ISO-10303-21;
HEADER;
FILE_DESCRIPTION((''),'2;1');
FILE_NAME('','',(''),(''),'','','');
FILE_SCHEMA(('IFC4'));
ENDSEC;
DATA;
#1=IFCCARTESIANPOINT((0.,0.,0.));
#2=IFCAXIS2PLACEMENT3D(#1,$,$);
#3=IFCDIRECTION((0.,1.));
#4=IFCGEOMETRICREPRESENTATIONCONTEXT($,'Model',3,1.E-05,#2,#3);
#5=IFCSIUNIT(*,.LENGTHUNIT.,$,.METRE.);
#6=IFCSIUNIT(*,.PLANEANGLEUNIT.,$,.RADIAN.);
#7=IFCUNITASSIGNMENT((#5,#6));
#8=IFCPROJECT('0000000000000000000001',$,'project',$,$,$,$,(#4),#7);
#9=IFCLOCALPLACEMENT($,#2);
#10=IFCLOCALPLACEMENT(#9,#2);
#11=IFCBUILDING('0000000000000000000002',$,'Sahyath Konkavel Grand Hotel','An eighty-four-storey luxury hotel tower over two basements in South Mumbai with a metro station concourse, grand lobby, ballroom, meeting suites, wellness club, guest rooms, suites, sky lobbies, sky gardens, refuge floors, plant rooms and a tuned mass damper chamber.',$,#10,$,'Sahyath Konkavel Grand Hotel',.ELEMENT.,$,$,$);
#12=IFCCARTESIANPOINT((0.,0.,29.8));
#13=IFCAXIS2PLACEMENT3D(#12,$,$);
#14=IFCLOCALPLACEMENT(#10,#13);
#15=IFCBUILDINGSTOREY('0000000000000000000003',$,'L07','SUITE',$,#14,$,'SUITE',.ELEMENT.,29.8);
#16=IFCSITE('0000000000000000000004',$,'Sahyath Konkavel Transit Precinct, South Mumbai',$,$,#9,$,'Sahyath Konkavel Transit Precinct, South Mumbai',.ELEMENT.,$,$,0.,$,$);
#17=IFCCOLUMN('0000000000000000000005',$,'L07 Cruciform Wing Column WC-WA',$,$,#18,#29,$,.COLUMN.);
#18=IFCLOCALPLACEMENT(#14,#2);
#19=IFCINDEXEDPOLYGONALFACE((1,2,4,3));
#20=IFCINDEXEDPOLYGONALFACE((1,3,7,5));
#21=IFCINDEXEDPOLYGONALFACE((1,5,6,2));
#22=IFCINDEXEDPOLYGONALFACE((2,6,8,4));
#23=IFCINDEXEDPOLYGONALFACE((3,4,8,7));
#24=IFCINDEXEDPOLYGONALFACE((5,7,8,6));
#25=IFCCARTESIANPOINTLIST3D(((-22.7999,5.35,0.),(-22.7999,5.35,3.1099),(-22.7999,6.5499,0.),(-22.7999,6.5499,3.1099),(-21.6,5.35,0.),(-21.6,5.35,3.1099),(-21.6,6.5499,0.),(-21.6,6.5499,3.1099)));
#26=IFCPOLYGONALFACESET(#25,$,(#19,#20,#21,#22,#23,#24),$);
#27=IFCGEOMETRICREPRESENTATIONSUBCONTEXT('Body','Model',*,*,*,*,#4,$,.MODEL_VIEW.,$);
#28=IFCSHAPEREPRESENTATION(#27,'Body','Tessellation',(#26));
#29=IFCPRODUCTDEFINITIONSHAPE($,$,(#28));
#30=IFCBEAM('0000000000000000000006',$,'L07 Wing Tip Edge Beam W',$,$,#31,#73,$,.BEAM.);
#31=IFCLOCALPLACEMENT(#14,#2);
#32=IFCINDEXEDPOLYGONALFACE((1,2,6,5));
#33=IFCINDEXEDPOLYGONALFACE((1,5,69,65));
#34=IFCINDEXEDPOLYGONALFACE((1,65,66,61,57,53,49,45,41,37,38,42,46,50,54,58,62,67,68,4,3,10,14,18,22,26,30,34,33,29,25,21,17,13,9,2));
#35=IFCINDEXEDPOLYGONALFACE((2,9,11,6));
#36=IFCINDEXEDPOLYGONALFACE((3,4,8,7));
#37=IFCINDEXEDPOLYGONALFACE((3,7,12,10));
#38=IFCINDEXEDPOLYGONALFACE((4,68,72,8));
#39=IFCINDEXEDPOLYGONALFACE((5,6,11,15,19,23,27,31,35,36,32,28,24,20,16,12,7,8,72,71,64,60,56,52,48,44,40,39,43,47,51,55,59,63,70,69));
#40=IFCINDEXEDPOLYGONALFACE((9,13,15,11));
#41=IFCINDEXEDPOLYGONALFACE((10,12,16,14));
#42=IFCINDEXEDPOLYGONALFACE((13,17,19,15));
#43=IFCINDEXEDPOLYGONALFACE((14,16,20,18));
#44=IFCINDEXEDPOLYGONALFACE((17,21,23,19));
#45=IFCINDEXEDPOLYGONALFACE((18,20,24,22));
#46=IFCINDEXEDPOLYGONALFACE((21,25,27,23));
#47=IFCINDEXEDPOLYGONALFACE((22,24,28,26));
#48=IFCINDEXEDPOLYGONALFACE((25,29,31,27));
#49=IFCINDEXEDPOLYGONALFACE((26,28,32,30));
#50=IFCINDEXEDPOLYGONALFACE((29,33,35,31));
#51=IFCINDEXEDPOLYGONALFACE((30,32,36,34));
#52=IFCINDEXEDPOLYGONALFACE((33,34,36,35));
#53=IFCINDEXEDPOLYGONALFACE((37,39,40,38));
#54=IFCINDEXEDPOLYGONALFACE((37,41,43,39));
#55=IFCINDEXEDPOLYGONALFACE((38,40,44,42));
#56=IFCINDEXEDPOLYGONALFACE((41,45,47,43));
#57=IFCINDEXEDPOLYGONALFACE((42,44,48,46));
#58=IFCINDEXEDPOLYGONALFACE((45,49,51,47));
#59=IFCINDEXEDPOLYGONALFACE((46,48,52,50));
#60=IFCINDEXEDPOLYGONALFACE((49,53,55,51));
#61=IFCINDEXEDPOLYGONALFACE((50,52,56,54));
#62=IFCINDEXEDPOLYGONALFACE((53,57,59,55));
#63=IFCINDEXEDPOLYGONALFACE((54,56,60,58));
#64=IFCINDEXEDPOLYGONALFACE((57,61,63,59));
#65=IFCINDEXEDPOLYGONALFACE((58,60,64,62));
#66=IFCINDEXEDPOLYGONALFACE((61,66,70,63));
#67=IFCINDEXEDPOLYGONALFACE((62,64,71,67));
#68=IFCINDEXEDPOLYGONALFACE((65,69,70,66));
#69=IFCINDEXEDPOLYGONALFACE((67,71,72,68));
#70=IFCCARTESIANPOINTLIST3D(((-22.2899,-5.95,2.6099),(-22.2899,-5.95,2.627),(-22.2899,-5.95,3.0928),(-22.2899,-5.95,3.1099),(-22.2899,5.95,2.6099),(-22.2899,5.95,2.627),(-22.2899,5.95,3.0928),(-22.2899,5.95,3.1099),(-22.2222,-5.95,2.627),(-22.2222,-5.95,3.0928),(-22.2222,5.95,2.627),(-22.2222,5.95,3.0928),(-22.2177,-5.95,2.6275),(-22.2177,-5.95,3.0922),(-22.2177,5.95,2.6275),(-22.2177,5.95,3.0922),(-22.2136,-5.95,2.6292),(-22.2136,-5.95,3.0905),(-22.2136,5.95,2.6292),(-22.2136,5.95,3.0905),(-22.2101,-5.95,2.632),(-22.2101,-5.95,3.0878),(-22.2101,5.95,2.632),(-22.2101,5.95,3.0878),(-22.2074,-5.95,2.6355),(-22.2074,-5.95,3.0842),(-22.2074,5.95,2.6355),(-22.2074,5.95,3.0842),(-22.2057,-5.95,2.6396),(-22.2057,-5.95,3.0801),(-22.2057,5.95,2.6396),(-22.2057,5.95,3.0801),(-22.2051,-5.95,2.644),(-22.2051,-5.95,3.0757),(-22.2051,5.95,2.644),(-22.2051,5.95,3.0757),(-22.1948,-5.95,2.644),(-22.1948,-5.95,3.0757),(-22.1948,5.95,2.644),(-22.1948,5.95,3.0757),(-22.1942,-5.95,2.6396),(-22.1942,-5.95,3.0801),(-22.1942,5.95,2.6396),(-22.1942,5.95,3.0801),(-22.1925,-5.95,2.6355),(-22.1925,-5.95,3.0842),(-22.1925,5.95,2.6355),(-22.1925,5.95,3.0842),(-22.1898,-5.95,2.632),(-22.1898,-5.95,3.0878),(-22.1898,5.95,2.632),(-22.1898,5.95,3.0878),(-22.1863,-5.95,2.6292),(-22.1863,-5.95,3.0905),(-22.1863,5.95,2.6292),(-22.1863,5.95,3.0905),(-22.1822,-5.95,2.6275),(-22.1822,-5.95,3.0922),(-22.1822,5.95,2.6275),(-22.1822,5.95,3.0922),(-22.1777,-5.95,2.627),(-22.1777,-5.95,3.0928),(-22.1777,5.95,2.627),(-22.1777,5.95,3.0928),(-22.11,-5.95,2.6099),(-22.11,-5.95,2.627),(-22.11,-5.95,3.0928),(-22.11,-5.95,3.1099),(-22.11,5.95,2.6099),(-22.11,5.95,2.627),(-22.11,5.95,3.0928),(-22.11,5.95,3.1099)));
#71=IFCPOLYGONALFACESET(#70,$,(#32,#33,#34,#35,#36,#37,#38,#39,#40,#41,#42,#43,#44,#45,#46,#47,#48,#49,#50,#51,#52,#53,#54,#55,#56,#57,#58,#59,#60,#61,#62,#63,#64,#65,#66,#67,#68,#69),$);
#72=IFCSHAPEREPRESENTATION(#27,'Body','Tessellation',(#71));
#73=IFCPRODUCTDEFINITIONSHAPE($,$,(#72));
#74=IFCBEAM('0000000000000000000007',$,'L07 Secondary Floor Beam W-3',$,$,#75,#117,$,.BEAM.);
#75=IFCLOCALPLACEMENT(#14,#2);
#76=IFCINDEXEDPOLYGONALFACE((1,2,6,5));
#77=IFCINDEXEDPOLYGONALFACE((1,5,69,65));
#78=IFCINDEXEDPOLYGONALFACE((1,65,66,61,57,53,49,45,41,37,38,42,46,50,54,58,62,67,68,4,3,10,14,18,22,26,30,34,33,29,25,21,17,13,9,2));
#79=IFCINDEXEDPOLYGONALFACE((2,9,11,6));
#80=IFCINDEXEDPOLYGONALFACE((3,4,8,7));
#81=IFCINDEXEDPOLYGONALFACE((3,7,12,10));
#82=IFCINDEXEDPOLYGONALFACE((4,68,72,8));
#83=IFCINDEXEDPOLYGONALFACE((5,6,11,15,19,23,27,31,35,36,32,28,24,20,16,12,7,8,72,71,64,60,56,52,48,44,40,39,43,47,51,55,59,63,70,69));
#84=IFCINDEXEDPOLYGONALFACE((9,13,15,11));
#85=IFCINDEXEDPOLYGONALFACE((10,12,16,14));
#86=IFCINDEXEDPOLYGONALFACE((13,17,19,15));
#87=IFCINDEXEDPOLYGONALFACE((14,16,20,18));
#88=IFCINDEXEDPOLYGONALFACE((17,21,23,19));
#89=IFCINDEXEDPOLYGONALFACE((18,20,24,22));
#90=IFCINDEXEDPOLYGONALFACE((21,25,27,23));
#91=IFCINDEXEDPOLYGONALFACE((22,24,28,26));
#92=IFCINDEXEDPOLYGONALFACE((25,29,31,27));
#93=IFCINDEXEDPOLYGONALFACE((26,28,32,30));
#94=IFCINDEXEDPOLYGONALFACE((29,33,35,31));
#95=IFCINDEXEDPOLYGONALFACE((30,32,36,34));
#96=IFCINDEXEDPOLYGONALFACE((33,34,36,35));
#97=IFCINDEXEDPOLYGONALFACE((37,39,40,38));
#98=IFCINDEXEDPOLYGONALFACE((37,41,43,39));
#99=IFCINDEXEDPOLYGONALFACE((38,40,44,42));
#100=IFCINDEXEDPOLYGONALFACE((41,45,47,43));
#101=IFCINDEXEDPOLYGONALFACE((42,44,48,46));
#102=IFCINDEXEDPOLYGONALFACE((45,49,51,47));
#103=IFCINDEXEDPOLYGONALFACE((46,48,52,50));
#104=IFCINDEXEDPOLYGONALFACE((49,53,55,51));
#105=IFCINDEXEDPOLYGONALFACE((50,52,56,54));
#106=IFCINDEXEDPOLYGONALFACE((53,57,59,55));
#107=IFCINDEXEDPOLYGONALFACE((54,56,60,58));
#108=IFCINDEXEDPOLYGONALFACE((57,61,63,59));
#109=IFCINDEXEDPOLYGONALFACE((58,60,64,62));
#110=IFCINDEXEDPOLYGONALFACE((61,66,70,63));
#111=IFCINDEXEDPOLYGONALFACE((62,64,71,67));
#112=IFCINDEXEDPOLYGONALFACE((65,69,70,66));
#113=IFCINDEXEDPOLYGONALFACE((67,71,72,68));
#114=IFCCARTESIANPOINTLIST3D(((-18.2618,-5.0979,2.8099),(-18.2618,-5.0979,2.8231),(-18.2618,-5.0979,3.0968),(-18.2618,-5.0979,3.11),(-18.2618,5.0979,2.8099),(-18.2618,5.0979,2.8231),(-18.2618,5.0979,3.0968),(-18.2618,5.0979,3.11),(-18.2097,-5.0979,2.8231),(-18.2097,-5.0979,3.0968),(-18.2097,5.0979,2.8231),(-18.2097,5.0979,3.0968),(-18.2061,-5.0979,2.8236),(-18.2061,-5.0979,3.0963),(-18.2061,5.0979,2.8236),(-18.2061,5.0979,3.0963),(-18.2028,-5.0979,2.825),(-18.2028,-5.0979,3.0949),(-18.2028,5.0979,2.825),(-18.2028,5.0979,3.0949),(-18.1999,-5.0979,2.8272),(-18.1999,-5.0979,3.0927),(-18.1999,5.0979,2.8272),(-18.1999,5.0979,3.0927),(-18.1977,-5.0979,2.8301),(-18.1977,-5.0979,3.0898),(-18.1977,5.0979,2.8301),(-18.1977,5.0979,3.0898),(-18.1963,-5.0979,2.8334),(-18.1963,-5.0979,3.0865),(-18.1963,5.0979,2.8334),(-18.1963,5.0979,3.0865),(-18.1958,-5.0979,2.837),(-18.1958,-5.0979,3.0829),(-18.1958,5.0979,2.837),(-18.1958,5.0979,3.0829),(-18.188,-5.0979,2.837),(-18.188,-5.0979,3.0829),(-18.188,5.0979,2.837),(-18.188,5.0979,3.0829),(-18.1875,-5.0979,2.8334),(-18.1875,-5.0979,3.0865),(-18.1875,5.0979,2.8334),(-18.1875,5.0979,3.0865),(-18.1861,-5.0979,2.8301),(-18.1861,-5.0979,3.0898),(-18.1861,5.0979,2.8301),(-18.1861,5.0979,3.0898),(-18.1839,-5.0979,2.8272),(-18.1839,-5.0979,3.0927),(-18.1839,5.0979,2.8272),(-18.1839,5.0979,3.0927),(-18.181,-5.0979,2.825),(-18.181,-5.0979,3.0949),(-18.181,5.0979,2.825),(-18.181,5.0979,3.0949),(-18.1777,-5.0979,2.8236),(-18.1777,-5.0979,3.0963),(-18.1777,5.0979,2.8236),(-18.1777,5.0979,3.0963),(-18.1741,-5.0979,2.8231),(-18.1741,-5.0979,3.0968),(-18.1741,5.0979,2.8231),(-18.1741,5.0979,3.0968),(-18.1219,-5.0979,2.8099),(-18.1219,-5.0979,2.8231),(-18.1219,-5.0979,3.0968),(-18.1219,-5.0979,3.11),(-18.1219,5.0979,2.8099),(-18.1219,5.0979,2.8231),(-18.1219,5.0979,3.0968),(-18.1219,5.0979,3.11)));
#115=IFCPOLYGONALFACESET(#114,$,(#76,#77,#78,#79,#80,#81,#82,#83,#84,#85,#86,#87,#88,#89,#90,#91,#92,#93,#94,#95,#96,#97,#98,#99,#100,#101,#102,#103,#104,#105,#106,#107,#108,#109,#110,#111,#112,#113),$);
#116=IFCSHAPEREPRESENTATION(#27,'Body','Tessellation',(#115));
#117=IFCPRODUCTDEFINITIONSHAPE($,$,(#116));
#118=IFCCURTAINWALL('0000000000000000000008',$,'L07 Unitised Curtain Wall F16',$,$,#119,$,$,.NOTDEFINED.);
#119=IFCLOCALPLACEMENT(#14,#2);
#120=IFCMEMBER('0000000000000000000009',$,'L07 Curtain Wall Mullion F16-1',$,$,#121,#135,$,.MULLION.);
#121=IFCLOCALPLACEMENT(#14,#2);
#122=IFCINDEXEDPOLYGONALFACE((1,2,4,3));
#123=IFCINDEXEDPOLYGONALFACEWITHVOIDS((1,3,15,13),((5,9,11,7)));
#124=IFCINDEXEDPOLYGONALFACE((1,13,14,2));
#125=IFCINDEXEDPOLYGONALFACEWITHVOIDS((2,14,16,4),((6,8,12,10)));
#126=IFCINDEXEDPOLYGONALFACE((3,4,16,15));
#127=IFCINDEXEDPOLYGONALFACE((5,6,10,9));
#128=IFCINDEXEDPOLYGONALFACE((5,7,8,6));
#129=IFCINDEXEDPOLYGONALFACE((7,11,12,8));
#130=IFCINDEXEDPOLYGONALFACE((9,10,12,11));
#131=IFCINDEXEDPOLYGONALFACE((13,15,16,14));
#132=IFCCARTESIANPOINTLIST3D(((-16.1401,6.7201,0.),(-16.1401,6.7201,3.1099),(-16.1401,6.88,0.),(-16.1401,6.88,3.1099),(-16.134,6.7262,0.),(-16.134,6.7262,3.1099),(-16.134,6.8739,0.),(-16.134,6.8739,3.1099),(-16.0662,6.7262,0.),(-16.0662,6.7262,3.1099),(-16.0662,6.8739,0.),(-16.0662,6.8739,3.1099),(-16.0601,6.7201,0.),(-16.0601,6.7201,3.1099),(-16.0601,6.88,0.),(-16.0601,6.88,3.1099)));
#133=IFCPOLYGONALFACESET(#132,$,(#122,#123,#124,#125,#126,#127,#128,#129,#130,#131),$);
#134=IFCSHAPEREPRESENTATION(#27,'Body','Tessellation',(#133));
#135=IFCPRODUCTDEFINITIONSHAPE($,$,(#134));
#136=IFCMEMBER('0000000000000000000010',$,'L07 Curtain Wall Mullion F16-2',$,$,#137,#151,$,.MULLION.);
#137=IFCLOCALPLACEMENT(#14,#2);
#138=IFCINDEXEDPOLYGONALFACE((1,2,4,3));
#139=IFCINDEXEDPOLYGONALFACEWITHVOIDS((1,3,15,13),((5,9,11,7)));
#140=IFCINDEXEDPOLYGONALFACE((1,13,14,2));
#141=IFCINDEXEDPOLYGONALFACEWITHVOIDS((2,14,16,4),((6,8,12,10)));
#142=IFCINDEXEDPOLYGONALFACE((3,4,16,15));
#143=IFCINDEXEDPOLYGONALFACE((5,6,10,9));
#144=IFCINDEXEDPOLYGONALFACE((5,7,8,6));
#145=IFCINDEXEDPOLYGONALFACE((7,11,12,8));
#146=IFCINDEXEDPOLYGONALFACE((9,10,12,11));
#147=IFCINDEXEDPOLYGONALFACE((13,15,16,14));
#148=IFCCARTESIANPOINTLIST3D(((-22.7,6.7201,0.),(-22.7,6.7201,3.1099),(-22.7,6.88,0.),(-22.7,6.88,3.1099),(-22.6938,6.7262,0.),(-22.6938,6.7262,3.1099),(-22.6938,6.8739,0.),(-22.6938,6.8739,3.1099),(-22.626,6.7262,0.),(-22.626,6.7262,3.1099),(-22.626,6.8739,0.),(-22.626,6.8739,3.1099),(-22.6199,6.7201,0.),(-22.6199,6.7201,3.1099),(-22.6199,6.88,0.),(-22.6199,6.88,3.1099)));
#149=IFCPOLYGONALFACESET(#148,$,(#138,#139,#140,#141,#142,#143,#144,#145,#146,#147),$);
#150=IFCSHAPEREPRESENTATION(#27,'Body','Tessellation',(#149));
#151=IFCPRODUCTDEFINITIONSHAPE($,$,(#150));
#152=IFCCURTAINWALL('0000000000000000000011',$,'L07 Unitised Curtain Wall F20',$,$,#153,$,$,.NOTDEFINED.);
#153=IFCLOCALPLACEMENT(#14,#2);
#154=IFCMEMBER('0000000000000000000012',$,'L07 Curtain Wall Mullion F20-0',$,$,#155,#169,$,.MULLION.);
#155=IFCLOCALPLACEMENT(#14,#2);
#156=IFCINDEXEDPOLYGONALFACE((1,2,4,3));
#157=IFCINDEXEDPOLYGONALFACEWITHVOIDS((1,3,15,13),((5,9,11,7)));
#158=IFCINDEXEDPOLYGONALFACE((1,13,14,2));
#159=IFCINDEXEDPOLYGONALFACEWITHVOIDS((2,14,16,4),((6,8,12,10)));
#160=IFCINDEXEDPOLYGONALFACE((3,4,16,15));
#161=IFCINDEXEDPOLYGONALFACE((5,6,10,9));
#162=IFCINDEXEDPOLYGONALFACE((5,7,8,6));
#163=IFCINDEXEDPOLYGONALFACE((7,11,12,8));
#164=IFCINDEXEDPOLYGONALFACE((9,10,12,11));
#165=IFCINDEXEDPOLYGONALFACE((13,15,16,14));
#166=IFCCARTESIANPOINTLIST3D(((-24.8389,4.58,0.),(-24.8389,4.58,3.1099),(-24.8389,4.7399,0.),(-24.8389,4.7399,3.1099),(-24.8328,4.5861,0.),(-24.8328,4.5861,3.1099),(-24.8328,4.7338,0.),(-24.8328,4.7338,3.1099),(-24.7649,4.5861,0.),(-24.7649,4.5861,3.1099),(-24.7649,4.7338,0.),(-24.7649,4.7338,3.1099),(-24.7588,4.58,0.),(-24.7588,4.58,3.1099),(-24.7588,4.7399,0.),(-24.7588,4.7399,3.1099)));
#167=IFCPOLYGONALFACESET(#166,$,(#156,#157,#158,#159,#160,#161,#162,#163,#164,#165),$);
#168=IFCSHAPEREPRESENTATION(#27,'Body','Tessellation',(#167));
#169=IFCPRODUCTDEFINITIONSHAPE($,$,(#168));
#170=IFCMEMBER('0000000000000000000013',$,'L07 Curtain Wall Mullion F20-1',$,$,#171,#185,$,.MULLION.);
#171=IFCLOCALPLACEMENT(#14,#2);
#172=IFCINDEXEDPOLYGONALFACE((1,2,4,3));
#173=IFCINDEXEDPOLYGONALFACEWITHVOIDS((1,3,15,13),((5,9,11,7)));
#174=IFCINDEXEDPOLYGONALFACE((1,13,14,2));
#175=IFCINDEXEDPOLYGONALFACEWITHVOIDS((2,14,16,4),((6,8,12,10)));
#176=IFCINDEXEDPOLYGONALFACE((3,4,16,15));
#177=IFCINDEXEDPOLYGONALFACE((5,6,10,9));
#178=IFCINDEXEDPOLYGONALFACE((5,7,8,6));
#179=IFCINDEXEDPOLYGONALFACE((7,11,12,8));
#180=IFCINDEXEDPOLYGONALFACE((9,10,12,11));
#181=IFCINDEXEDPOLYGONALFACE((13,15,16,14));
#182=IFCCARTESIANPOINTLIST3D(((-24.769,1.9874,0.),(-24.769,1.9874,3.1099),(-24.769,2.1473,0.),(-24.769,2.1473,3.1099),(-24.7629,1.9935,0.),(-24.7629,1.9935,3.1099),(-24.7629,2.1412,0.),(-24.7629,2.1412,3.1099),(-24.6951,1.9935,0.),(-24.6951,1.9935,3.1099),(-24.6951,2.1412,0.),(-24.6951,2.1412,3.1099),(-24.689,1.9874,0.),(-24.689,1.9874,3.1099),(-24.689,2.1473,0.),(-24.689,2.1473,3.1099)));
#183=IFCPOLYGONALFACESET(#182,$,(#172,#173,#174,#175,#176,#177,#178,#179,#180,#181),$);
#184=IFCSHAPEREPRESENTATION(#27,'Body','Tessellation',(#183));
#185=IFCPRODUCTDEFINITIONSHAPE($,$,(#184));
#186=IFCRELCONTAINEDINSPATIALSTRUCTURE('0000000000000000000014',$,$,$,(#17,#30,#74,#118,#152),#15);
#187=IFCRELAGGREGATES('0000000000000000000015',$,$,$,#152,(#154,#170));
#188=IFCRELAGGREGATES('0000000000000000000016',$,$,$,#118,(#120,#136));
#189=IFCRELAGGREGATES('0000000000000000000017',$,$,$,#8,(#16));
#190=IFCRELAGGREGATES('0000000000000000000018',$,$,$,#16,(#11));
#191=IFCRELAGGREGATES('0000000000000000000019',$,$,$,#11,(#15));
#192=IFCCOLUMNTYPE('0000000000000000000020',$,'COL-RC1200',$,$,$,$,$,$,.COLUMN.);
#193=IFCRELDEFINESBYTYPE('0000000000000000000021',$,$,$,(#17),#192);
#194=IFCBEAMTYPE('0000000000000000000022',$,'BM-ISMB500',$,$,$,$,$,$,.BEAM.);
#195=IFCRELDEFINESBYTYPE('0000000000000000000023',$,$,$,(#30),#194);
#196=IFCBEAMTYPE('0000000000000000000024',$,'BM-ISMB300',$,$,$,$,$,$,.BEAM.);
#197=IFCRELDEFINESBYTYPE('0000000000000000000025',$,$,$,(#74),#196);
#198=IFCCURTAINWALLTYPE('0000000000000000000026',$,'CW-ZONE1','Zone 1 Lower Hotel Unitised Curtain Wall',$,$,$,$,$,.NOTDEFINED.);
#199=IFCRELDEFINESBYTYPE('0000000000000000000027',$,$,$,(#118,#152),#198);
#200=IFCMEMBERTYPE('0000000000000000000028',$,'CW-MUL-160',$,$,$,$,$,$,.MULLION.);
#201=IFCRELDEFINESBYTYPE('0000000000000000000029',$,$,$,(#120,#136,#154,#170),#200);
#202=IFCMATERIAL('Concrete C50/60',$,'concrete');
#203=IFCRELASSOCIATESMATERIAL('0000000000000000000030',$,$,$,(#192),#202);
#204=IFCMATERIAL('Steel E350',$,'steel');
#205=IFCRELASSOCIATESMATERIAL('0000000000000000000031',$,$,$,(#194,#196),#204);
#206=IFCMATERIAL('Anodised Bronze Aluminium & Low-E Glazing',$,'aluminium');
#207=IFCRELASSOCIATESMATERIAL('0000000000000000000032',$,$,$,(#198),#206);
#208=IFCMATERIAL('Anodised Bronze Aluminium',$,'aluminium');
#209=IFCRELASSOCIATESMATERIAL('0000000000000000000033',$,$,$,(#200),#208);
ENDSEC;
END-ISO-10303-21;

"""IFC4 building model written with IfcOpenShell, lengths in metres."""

from ifc_helpers import new_model, si_unit, direction, frame, origin, origin_2d, place, context, subcontext, project, spatial, rectangle, hollow_rectangle, i_section, extrude, source, transform, mapped, material, material_profile, profile_set, type_object, element, aggregate, save


model = new_model("IFC4")

# Units and contexts
model_context = context("Model", 3, precision=1e-05, world=origin(), true_north=direction((0.0, 1.0)))
body_context = subcontext(model_context, "Body", "Model", "MODEL_VIEW")
ifc_project = project(units=[si_unit("LENGTHUNIT", "METRE"), si_unit("PLANEANGLEUNIT", "RADIAN")], contexts=[model_context])

# Site, building, storey
site_placement = place(None, origin())
site = spatial("IfcSite", under=ifc_project, at=site_placement, Name="Sahyath Konkavel Transit Precinct, South Mumbai", LongName="Sahyath Konkavel Transit Precinct, South Mumbai", CompositionType="ELEMENT", RefElevation=0.0)
building_placement = place(site_placement, origin())
building = spatial("IfcBuilding", under=site, at=building_placement, Name="Sahyath Konkavel Grand Hotel", Description="An eighty-four-storey luxury hotel tower over two basements in South Mumbai with a metro station concourse, grand lobby, ballroom, meeting suites, wellness club, guest rooms, suites, sky lobbies, sky gardens, refuge floors, plant rooms and a tuned mass damper chamber.", LongName="Sahyath Konkavel Grand Hotel", CompositionType="ELEMENT")
storey_placement = place(building_placement, frame((0.0, 0.0, 29.8)))
storey = spatial("IfcBuildingStorey", under=building, at=storey_placement, Name="L07", Description="SUITE", LongName="SUITE", CompositionType="ELEMENT", Elevation=29.8)

# Column
ifc_material_1 = material(Name="Concrete C50/60", Category="concrete")
ifc_material_profile_1 = material_profile(ifc_material_1, rectangle(XDim=1.2, YDim=1.2, at=origin_2d()), Name="RC 1200x1200")
ifc_profile_set_1 = profile_set([ifc_material_profile_1], Name="Concrete C50/60")
column_type = type_object("IfcColumnType", Name="COL-RC1200", PredefinedType="COLUMN", material=ifc_profile_set_1)
shared_shape_1 = source(origin(), body_context, "Body", "SweptSolid", [
    extrude(rectangle(XDim=1.2, YDim=1.2, at=origin_2d()), origin(), (0.0, 0.0, 1.0), 3.1099),
])
column_placement = place(storey_placement, frame((-22.2, 5.95, 0.0), z_axis=(0.0, 0.0, 1.0), x_axis=(1.0, 0.0, 0.0)))
element("IfcColumn", 1, at=column_placement, inside=storey, type_object=column_type, Name="L07 Cruciform Wing Column WC-WA", PredefinedType="COLUMN", context=body_context, shape_type="MappedRepresentation", body=[
    mapped(shared_shape_1, transform((0.0, 0.0, 0.0), scale=1.0)),
])

# Beams
ifc_material_2 = material(Name="Steel E350", Category="steel")
ifc_material_profile_2 = material_profile(ifc_material_2, i_section(OverallWidth=0.1799, OverallDepth=0.5, WebThickness=0.0103, FlangeThickness=0.0171, FilletRadius=0.0171, at=origin_2d()), Name="ISMB 500")
ifc_profile_set_2 = profile_set([ifc_material_profile_2], Name="Steel E350")
beam_type_1 = type_object("IfcBeamType", Name="BM-ISMB500", PredefinedType="BEAM", material=ifc_profile_set_2)
shared_shape_2 = source(origin(), body_context, "Body", "SweptSolid", [
    extrude(i_section(OverallWidth=0.1799, OverallDepth=0.5, WebThickness=0.0103, FlangeThickness=0.0171, FilletRadius=0.0171, at=origin_2d()), origin(), (0.0, 0.0, 1.0), 11.8999),
])
beam_1_placement = place(storey_placement, frame((-22.2, 5.95, 2.8599), z_axis=(0.0, -1.0, 0.0), x_axis=(1.0, 0.0, 0.0)))
element("IfcBeam", 2, at=beam_1_placement, inside=storey, type_object=beam_type_1, Name="L07 Wing Tip Edge Beam W", PredefinedType="BEAM", context=body_context, shape_type="MappedRepresentation", body=[
    mapped(shared_shape_2, transform((0.0, 0.0, 0.0), scale=1.0)),
])
ifc_material_profile_3 = material_profile(ifc_material_2, i_section(OverallWidth=0.1399, OverallDepth=0.3, WebThickness=0.0078, FlangeThickness=0.0132, FilletRadius=0.0139, at=origin_2d()), Name="ISMB 300")
ifc_profile_set_3 = profile_set([ifc_material_profile_3], Name="Steel E350")
beam_type_2 = type_object("IfcBeamType", Name="BM-ISMB300", PredefinedType="BEAM", material=ifc_profile_set_3)
shared_shape_3 = source(origin(), body_context, "Body", "SweptSolid", [
    extrude(i_section(OverallWidth=0.1399, OverallDepth=0.3, WebThickness=0.0078, FlangeThickness=0.0132, FilletRadius=0.0139, at=origin_2d()), origin(), (0.0, 0.0, 1.0), 10.1958),
])
beam_2_placement = place(storey_placement, frame((-18.1919, 5.0979, 2.96), z_axis=(0.0, -1.0, 0.0), x_axis=(1.0, 0.0, 0.0)))
element("IfcBeam", 3, at=beam_2_placement, inside=storey, type_object=beam_type_2, Name="L07 Secondary Floor Beam W-3", PredefinedType="BEAM", context=body_context, shape_type="MappedRepresentation", body=[
    mapped(shared_shape_3, transform((0.0, 0.0, 0.0), scale=1.0)),
])

# Curtain wall, members
ifc_material_3 = material(Name="Anodised Bronze Aluminium & Low-E Glazing", Category="aluminium")
curtain_wall_type = type_object("IfcCurtainWallType", Name="CW-ZONE1", Description="Zone 1 Lower Hotel Unitised Curtain Wall", PredefinedType="NOTDEFINED", material=ifc_material_3)
curtain_wall_1_placement = place(storey_placement, origin())
curtain_wall_1 = element("IfcCurtainWall", 4, at=curtain_wall_1_placement, inside=storey, type_object=curtain_wall_type, Name="L07 Unitised Curtain Wall F16", PredefinedType="NOTDEFINED")
ifc_material_4 = material(Name="Anodised Bronze Aluminium", Category="aluminium")
ifc_material_profile_4 = material_profile(ifc_material_4, hollow_rectangle(XDim=0.0801, YDim=0.1599, WallThickness=0.0061, at=origin_2d()), Name="RHS 160x80x6")
ifc_profile_set_4 = profile_set([ifc_material_profile_4], Name="Anodised Bronze Aluminium")
member_type_1 = type_object("IfcMemberType", Name="CW-MUL-160", PredefinedType="MULLION", material=ifc_profile_set_4)
shared_shape_4 = source(origin(), body_context, "Body", "SweptSolid", [
    extrude(hollow_rectangle(XDim=0.0801, YDim=0.1599, WallThickness=0.0061, at=origin_2d()), origin(), (0.0, 0.0, 1.0), 3.1099),
])
member_1_placement = place(storey_placement, frame((-16.1001, 6.8, 0.0), z_axis=(0.0, 0.0, 1.0), x_axis=(1.0, 0.0, 0.0)))
member_1 = element("IfcMember", 5, at=member_1_placement, type_object=member_type_1, Name="L07 Curtain Wall Mullion F16-1", PredefinedType="MULLION", context=body_context, shape_type="MappedRepresentation", body=[
    mapped(shared_shape_4, transform((0.0, 0.0, 0.0), scale=1.0)),
])
member_2_placement = place(storey_placement, frame((-22.6599, 6.8, 0.0), z_axis=(0.0, 0.0, 1.0), x_axis=(1.0, 0.0, 0.0)))
member_2 = element("IfcMember", 6, at=member_2_placement, type_object=member_type_1, Name="L07 Curtain Wall Mullion F16-2", PredefinedType="MULLION", context=body_context, shape_type="MappedRepresentation", body=[
    mapped(shared_shape_4, transform((0.0, 0.0, 0.0), scale=1.0)),
])

# Curtain wall, members
curtain_wall_2_placement = place(storey_placement, origin())
curtain_wall_2 = element("IfcCurtainWall", 7, at=curtain_wall_2_placement, inside=storey, type_object=curtain_wall_type, Name="L07 Unitised Curtain Wall F20", PredefinedType="NOTDEFINED")
member_3_placement = place(storey_placement, frame((-24.7988, 4.6599, 0.0), z_axis=(0.0, 0.0, 1.0), x_axis=(1.0, 0.0, 0.0)))
member_3 = element("IfcMember", 8, at=member_3_placement, type_object=member_type_1, Name="L07 Curtain Wall Mullion F20-0", PredefinedType="MULLION", context=body_context, shape_type="MappedRepresentation", body=[
    mapped(shared_shape_4, transform((0.0, 0.0, 0.0), scale=1.0)),
])
member_4_placement = place(storey_placement, frame((-24.729, 2.0674, 0.0), z_axis=(0.0, 0.0, 1.0), x_axis=(1.0, 0.0, 0.0)))
member_4 = element("IfcMember", 9, at=member_4_placement, type_object=member_type_1, Name="L07 Curtain Wall Mullion F20-1", PredefinedType="MULLION", context=body_context, shape_type="MappedRepresentation", body=[
    mapped(shared_shape_4, transform((0.0, 0.0, 0.0), scale=1.0)),
])
aggregate(curtain_wall_2, [member_3, member_4])

aggregate(curtain_wall_1, [member_1, member_2])

save(model, "model.ifc")
